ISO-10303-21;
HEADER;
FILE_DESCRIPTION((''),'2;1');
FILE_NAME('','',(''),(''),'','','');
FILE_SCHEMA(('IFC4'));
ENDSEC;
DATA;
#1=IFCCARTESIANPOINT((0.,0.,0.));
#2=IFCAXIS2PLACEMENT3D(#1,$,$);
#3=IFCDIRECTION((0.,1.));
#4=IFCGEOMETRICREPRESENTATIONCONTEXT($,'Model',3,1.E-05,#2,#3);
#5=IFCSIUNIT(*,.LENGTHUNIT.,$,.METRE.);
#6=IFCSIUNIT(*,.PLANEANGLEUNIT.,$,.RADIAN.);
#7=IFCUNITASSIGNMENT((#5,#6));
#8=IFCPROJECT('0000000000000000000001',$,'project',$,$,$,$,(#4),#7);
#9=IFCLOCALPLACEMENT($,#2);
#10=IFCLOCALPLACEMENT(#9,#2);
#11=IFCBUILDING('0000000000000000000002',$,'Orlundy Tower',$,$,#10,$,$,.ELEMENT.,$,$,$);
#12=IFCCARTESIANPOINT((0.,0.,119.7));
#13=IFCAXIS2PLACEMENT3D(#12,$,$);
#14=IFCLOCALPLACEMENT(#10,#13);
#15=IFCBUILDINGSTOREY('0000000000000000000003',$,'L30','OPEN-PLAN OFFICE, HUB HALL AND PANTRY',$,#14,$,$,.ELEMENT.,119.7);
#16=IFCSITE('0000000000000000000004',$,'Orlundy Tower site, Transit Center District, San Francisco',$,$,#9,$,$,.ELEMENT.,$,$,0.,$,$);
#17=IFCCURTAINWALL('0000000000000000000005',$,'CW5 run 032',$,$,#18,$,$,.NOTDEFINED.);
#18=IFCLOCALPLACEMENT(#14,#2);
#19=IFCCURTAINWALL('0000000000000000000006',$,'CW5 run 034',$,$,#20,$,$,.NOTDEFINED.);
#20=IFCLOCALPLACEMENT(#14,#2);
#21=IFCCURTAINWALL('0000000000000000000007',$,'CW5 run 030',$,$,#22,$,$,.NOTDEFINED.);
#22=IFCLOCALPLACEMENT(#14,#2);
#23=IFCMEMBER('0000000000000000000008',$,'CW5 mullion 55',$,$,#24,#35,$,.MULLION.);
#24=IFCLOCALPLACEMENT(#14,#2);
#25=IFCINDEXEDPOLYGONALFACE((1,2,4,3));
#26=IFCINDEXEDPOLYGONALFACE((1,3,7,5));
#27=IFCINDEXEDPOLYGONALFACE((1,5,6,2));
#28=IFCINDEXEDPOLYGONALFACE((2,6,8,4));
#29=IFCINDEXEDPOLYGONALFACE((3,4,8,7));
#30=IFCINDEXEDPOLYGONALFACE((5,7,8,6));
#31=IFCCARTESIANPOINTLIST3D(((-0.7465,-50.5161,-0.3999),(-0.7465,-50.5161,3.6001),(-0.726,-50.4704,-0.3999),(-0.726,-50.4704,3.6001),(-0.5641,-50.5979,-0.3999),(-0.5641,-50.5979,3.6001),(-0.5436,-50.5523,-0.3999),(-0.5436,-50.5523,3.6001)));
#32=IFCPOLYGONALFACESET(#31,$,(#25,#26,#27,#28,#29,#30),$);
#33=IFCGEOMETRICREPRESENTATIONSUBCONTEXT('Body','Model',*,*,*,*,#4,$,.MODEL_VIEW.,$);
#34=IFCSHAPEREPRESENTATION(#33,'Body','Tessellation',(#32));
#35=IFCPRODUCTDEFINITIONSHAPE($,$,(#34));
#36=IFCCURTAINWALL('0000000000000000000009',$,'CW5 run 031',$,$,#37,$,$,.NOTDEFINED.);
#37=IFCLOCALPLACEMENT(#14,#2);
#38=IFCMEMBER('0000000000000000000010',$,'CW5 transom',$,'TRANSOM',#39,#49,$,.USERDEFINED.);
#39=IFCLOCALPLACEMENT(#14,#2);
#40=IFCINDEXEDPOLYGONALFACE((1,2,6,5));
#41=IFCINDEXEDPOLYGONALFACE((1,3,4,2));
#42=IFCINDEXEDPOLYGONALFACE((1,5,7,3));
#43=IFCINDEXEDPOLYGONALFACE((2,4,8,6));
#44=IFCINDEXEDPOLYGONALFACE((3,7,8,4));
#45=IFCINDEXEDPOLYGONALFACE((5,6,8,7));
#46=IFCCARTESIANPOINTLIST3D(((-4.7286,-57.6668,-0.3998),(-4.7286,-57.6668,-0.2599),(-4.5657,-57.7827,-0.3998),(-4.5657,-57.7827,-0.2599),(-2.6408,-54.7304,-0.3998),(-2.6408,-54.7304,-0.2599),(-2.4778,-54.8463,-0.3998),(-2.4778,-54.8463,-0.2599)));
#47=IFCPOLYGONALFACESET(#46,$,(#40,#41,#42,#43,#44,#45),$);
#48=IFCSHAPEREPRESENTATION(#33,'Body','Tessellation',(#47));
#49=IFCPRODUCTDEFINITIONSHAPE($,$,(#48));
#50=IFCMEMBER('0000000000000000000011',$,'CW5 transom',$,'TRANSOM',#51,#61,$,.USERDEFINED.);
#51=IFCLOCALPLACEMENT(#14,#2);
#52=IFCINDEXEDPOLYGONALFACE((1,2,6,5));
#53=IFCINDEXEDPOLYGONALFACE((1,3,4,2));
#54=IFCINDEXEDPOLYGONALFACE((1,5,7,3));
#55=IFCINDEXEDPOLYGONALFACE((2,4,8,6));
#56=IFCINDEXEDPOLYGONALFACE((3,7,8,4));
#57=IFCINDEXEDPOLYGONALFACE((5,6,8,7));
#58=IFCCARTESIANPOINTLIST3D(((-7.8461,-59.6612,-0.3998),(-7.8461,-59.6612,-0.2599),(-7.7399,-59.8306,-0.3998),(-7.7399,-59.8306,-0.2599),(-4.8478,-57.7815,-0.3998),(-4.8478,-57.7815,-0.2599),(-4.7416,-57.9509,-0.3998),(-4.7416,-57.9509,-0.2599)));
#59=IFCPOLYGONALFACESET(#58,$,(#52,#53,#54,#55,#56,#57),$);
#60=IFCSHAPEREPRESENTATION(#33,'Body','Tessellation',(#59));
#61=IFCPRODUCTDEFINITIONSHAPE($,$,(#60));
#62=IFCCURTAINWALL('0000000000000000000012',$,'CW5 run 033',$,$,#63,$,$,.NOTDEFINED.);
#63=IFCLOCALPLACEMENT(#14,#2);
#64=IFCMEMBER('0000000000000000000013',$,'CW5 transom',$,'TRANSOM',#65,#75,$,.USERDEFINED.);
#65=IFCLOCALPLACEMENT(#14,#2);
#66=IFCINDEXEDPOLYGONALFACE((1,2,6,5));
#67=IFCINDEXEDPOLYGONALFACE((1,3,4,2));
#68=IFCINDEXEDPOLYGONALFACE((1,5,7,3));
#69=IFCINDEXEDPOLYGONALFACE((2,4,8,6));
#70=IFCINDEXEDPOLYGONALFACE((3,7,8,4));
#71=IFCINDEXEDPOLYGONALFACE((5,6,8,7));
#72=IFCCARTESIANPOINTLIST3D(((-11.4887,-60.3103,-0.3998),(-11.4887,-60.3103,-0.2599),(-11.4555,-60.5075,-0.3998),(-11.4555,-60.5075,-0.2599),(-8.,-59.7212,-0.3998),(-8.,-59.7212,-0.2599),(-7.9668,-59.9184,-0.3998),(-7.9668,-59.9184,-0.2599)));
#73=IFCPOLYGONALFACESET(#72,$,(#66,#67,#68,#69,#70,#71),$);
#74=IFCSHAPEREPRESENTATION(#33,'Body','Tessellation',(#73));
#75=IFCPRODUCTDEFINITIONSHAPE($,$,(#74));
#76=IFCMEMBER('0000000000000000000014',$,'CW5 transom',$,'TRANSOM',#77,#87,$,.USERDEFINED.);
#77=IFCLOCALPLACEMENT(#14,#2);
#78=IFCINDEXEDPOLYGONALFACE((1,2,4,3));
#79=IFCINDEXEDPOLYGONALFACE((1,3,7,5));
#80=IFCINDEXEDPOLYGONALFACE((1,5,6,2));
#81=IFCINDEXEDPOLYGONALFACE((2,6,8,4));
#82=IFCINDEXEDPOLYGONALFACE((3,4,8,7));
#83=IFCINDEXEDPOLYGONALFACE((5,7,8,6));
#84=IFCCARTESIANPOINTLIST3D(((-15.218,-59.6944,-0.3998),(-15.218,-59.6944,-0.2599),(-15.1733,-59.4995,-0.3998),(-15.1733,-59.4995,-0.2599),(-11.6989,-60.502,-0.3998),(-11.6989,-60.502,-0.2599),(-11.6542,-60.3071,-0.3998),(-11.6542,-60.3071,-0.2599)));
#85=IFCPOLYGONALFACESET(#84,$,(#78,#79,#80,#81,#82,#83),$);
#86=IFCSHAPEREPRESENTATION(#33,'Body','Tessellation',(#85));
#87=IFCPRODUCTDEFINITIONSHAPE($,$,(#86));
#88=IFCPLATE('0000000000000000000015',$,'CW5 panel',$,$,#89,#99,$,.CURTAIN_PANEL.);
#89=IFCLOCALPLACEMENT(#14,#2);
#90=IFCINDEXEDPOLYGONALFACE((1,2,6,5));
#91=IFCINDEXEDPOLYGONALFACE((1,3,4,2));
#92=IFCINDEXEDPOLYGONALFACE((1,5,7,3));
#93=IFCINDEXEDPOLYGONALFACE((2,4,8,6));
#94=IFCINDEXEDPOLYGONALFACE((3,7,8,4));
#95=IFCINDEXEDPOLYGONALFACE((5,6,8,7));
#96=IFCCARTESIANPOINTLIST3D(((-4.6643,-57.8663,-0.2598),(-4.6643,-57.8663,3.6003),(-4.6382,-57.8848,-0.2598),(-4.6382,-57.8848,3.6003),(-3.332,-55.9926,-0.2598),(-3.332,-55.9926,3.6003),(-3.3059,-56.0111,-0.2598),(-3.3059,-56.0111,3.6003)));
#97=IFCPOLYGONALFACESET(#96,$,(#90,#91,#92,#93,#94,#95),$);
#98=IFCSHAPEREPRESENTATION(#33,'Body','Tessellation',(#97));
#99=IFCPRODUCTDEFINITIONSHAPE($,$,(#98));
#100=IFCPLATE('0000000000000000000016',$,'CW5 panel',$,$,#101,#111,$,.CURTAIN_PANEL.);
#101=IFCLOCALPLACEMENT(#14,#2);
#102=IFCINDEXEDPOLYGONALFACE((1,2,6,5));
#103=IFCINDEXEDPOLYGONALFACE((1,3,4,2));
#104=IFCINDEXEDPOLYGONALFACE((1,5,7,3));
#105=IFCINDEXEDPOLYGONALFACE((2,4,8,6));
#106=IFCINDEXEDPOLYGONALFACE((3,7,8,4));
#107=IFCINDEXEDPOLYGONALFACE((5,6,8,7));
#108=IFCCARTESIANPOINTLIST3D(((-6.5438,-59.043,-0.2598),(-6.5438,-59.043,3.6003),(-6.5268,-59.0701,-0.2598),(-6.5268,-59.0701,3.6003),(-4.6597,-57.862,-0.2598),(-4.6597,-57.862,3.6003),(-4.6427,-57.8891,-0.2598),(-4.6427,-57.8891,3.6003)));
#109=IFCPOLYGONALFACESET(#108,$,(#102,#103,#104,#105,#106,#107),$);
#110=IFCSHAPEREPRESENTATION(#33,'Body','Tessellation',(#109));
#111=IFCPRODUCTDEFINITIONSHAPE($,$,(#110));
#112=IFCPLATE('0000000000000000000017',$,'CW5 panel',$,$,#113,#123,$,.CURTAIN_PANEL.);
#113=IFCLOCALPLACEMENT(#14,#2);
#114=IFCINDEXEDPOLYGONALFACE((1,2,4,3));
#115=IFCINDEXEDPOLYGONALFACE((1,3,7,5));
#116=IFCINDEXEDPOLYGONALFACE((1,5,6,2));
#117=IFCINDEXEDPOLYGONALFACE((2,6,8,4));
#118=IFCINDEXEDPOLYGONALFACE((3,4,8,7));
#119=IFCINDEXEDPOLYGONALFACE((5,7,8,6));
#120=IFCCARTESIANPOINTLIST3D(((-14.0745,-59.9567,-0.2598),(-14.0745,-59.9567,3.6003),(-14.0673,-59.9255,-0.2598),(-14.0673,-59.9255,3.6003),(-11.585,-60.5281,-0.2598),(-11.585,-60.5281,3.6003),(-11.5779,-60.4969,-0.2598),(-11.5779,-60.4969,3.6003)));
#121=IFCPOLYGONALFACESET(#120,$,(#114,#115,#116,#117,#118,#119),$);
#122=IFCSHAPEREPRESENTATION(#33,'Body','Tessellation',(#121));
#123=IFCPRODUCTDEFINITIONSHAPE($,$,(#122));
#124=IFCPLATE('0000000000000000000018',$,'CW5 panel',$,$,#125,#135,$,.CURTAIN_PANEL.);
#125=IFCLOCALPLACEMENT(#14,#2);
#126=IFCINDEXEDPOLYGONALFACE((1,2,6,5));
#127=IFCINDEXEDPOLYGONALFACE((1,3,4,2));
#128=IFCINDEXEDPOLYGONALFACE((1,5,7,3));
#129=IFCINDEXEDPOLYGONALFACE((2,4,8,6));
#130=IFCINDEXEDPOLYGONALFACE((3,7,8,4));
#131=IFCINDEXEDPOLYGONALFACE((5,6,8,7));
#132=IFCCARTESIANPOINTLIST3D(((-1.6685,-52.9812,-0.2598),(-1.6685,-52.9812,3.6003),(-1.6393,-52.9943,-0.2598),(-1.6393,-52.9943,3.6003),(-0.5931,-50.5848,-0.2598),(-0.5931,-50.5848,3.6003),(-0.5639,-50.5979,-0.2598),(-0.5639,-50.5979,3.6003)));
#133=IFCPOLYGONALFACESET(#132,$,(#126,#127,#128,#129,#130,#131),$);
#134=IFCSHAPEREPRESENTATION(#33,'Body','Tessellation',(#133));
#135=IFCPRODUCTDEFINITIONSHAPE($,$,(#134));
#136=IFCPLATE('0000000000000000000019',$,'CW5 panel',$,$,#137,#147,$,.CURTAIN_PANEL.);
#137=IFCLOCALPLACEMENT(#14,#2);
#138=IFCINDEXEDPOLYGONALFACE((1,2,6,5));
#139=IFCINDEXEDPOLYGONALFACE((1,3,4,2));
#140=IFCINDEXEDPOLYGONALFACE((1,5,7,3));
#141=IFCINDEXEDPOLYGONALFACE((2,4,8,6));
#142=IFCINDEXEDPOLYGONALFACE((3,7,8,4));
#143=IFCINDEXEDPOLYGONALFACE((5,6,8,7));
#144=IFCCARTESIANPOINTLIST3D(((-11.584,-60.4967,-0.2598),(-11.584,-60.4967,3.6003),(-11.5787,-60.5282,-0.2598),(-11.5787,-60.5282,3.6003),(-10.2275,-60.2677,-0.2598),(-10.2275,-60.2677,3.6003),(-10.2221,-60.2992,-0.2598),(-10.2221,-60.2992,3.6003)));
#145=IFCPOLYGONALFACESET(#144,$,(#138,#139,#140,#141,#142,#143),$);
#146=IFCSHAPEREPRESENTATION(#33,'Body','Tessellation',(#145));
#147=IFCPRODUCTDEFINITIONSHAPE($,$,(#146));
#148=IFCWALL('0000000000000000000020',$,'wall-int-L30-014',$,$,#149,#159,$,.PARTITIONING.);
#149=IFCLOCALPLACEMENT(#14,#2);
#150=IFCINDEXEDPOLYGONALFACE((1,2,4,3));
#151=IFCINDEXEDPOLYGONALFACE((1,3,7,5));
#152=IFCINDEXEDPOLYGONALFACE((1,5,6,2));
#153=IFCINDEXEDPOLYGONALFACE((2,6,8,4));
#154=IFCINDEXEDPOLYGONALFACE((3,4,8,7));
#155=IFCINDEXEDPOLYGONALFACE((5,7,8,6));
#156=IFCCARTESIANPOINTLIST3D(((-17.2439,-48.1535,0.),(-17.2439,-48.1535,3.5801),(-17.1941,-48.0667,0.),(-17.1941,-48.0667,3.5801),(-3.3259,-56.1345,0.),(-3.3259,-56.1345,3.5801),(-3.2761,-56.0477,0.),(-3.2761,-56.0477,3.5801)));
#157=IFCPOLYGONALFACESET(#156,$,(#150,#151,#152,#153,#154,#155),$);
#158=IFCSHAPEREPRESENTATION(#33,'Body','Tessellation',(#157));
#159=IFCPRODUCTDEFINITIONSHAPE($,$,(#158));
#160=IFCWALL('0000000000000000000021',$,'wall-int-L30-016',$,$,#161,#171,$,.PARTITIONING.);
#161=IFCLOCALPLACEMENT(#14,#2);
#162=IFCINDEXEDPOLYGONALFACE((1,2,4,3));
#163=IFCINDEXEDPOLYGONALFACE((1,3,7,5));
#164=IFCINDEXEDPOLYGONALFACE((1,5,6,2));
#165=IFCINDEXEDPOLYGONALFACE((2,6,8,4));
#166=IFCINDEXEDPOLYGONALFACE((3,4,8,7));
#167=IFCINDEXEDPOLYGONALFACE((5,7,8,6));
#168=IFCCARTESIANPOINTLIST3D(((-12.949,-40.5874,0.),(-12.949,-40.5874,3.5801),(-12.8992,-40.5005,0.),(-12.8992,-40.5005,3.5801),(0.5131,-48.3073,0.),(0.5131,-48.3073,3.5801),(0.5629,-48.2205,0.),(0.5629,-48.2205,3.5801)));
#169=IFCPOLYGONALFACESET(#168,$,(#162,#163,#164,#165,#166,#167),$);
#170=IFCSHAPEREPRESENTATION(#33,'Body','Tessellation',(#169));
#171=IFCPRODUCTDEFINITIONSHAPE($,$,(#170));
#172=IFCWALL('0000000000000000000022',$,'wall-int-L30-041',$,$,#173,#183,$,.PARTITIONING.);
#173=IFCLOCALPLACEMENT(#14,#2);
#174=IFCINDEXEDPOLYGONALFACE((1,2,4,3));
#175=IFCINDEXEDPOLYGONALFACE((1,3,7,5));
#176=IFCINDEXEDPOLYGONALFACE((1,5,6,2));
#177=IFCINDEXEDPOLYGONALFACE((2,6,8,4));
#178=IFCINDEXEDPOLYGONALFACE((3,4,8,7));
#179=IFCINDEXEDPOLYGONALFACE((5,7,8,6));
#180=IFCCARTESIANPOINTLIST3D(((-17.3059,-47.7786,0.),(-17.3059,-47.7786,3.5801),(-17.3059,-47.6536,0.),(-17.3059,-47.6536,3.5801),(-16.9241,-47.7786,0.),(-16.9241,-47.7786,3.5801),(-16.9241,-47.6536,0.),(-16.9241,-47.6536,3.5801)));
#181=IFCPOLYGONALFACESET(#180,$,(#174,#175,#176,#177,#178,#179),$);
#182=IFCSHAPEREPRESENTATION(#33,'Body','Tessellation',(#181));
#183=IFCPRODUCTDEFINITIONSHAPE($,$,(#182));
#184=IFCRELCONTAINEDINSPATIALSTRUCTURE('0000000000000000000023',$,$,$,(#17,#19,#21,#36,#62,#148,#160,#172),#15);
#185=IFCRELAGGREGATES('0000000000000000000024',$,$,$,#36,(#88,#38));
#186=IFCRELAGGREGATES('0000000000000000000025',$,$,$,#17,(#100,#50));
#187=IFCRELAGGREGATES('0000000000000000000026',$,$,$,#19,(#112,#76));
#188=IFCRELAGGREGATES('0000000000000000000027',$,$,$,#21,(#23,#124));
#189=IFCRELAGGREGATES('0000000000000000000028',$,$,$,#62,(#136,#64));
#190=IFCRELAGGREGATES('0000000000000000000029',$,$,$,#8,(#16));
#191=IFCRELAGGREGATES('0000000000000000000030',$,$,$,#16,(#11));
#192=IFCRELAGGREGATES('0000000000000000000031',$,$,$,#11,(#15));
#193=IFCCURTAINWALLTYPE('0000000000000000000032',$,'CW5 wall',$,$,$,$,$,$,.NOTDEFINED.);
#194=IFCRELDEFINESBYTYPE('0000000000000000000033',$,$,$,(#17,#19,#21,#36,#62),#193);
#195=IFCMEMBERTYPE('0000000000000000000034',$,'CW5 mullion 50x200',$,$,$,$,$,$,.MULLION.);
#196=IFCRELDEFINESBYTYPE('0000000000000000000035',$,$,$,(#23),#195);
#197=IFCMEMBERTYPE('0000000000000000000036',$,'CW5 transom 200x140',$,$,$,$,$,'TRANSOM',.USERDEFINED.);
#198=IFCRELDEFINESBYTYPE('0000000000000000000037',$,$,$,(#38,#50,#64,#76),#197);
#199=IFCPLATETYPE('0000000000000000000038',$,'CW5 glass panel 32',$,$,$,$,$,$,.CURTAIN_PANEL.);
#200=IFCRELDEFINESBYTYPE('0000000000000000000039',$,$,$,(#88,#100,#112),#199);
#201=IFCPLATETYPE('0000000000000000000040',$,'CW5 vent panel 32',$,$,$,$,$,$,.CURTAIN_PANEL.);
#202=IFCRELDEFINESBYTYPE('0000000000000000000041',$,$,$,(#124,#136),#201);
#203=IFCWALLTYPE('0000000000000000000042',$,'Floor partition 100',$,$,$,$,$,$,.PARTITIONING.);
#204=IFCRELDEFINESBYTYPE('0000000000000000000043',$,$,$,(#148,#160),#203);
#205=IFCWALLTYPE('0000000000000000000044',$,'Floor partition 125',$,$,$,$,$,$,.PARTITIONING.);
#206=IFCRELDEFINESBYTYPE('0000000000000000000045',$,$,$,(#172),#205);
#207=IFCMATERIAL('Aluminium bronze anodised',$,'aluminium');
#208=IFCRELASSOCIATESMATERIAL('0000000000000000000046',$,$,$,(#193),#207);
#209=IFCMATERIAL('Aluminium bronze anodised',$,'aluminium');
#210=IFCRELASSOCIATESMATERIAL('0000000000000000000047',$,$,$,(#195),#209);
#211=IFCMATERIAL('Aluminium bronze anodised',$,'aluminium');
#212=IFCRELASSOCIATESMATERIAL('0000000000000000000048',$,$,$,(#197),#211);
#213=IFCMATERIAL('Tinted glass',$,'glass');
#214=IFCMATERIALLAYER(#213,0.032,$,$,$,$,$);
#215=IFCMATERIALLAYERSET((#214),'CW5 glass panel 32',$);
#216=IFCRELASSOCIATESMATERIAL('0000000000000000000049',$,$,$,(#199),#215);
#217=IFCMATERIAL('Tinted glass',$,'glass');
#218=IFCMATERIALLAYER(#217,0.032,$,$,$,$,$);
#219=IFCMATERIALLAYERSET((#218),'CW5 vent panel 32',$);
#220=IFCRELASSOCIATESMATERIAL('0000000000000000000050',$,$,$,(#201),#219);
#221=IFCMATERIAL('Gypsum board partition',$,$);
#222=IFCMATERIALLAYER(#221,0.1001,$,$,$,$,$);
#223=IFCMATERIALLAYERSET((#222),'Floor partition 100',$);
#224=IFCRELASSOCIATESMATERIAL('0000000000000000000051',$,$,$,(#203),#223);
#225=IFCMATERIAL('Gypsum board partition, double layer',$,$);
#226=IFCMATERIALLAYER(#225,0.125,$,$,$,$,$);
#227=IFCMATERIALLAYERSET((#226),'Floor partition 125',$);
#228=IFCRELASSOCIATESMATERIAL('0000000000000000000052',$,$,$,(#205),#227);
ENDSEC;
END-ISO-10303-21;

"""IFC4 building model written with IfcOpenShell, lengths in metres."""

from ifc_helpers import new_model, si_unit, direction, frame, frame_2d, origin, origin_2d, place, context, subcontext, project, spatial, rectangle, extrude, material, layer, layer_set, material_profile, profile_set, type_object, element, aggregate, save


model = new_model("IFC4")

# Units and contexts
model_context = context("Model", 3, precision=1e-05, world=origin(), true_north=direction((0.0, 1.0)))
body_context = subcontext(model_context, "Body", "Model", "MODEL_VIEW")
ifc_project = project(units=[si_unit("LENGTHUNIT", "METRE"), si_unit("PLANEANGLEUNIT", "RADIAN")], contexts=[model_context])

# Site, building, storey
site_placement = place(None, origin())
site = spatial("IfcSite", under=ifc_project, at=site_placement, Name="Orlundy Tower site, Transit Center District, San Francisco", CompositionType="ELEMENT", RefElevation=0.0)
building_placement = place(site_placement, origin())
building = spatial("IfcBuilding", under=site, at=building_placement, Name="Orlundy Tower", CompositionType="ELEMENT")
storey_placement = place(building_placement, frame((0.0, 0.0, 119.7)))
storey = spatial("IfcBuildingStorey", under=building, at=storey_placement, Name="L30", Description="OPEN-PLAN OFFICE, HUB HALL AND PANTRY", CompositionType="ELEMENT", Elevation=119.7)

# Curtain walls, members
ifc_material_1 = material(Name="Aluminium bronze anodised", Category="aluminium")
curtain_wall_type = type_object("IfcCurtainWallType", Name="CW5 wall", PredefinedType="NOTDEFINED", material=ifc_material_1)
curtain_wall_1_placement = place(storey_placement, origin())
curtain_wall_1 = element("IfcCurtainWall", 1, at=curtain_wall_1_placement, inside=storey, type_object=curtain_wall_type, Name="CW5 run 032", PredefinedType="NOTDEFINED")
curtain_wall_2_placement = place(storey_placement, origin())
curtain_wall_2 = element("IfcCurtainWall", 2, at=curtain_wall_2_placement, inside=storey, type_object=curtain_wall_type, Name="CW5 run 034", PredefinedType="NOTDEFINED")
curtain_wall_3_placement = place(storey_placement, origin())
curtain_wall_3 = element("IfcCurtainWall", 3, at=curtain_wall_3_placement, inside=storey, type_object=curtain_wall_type, Name="CW5 run 030", PredefinedType="NOTDEFINED")
ifc_material_2 = material(Name="Aluminium bronze anodised", Category="aluminium")
ifc_material_profile_1 = material_profile(ifc_material_2, rectangle(XDim=0.2, YDim=0.05, at=origin_2d()), Name="CW5 mullion 50x200")
ifc_profile_set_1 = profile_set([ifc_material_profile_1], Name="Aluminium bronze anodised")
member_type_1 = type_object("IfcMemberType", Name="CW5 mullion 50x200", PredefinedType="MULLION", material=ifc_profile_set_1)
member_1_placement = place(storey_placement, frame((-0.645, -50.5342, -0.3999), z_axis=(0.0, 0.0, 1.0), x_axis=(0.912353, -0.409405, 0.0)))
member_1 = element("IfcMember", 4, at=member_1_placement, type_object=member_type_1, Name="CW5 mullion 55", PredefinedType="MULLION", context=body_context, shape_type="SweptSolid", body=[
    extrude(rectangle(XDim=0.2, YDim=0.05, at=origin_2d()), origin(), (0.0, 0.0, 1.0), 4.0),
])
curtain_wall_4_placement = place(storey_placement, origin())
curtain_wall_4 = element("IfcCurtainWall", 5, at=curtain_wall_4_placement, inside=storey, type_object=curtain_wall_type, Name="CW5 run 031", PredefinedType="NOTDEFINED")
ifc_material_3 = material(Name="Aluminium bronze anodised", Category="aluminium")
ifc_material_profile_2 = material_profile(ifc_material_3, rectangle(XDim=0.2, YDim=0.1399, at=origin_2d()), Name="CW5 transom 200x140")
ifc_profile_set_2 = profile_set([ifc_material_profile_2], Name="Aluminium bronze anodised")
member_type_2 = type_object("IfcMemberType", Name="CW5 transom 200x140", ElementType="TRANSOM", PredefinedType="USERDEFINED", material=ifc_profile_set_2)
member_2_placement = place(storey_placement, frame((-2.5593, -54.7883, -0.3298), z_axis=(-0.579468, -0.814995, 0.0), x_axis=(0.814995, -0.579468, 0.0)))
member_2 = element("IfcMember", 6, at=member_2_placement, type_object=member_type_2, Name="CW5 transom", ObjectType="TRANSOM", PredefinedType="USERDEFINED", context=body_context, shape_type="SweptSolid", body=[
    extrude(rectangle(XDim=0.2, YDim=0.1399, at=origin_2d()), origin(), (0.0, 0.0, 1.0), 3.603),
])

# Member
member_3_placement = place(storey_placement, frame((-4.7947, -57.8662, -0.3298), z_axis=(-0.847273, -0.531158, 0.0), x_axis=(0.531158, -0.847273, 0.0)))
member_3 = element("IfcMember", 7, at=member_3_placement, type_object=member_type_2, Name="CW5 transom", ObjectType="TRANSOM", PredefinedType="USERDEFINED", context=body_context, shape_type="SweptSolid", body=[
    extrude(rectangle(XDim=0.2, YDim=0.1399, at=origin_2d()), origin(), (0.0, 0.0, 1.0), 3.5388),
])

# Curtain wall, member
curtain_wall_5_placement = place(storey_placement, origin())
curtain_wall_5 = element("IfcCurtainWall", 8, at=curtain_wall_5_placement, inside=storey, type_object=curtain_wall_type, Name="CW5 run 033", PredefinedType="NOTDEFINED")
member_4_placement = place(storey_placement, frame((-7.9834, -59.8198, -0.3298), z_axis=(-0.986041, -0.166502, 0.0), x_axis=(0.166502, -0.986041, 0.0)))
member_4 = element("IfcMember", 9, at=member_4_placement, type_object=member_type_2, Name="CW5 transom", ObjectType="TRANSOM", PredefinedType="USERDEFINED", context=body_context, shape_type="SweptSolid", body=[
    extrude(rectangle(XDim=0.2, YDim=0.1399, at=origin_2d()), origin(), (0.0, 0.0, 1.0), 3.5381),
])

# Member
member_5_placement = place(storey_placement, frame((-11.6765, -60.4045, -0.3298), z_axis=(-0.974662, 0.223684, 0.0), x_axis=(-0.223684, -0.974662, 0.0)))
member_5 = element("IfcMember", 10, at=member_5_placement, type_object=member_type_2, Name="CW5 transom", ObjectType="TRANSOM", PredefinedType="USERDEFINED", context=body_context, shape_type="SweptSolid", body=[
    extrude(rectangle(XDim=0.2, YDim=0.1399, at=origin_2d()), origin(), (0.0, 0.0, 1.0), 3.6106),
])

# Plates
ifc_material_4 = material(Name="Tinted glass", Category="glass")
ifc_layer_1 = layer(ifc_material_4, 0.032)
ifc_layer_set_1 = layer_set([ifc_layer_1], Name="CW5 glass panel 32")
plate_type_1 = type_object("IfcPlateType", Name="CW5 glass panel 32", PredefinedType="CURTAIN_PANEL", material=ifc_layer_set_1)
plate_1_placement = place(storey_placement, frame((-3.9851, -56.9387, -0.2598), z_axis=(0.0, 0.0, 1.0), x_axis=(-0.579476, -0.814989, 0.0)))
plate_1 = element("IfcPlate", 11, at=plate_1_placement, type_object=plate_type_1, Name="CW5 panel", PredefinedType="CURTAIN_PANEL", context=body_context, shape_type="SweptSolid", body=[
    extrude(rectangle(XDim=2.2991, YDim=0.032, at=origin_2d()), origin(), (0.0, 0.0, 1.0), 3.8601),
])
aggregate(curtain_wall_4, [plate_1, member_2])
plate_2_placement = place(storey_placement, frame((-5.5933, -58.4661, -0.2598), z_axis=(0.0, 0.0, 1.0), x_axis=(-0.847285, -0.531138, 0.0)))
plate_2 = element("IfcPlate", 12, at=plate_2_placement, type_object=plate_type_1, Name="CW5 panel", PredefinedType="CURTAIN_PANEL", context=body_context, shape_type="SweptSolid", body=[
    extrude(rectangle(XDim=2.2236, YDim=0.032, at=origin_2d()), origin(), (0.0, 0.0, 1.0), 3.8601),
])
aggregate(curtain_wall_1, [plate_2, member_3])
plate_3_placement = place(storey_placement, frame((-12.8262, -60.2268, -0.2598), z_axis=(0.0, 0.0, 1.0), x_axis=(-0.974659, 0.223697, 0.0)))
plate_3 = element("IfcPlate", 13, at=plate_3_placement, type_object=plate_type_1, Name="CW5 panel", PredefinedType="CURTAIN_PANEL", context=body_context, shape_type="SweptSolid", body=[
    extrude(rectangle(XDim=2.5542, YDim=0.032, at=origin_2d()), origin(), (0.0, 0.0, 1.0), 3.8601),
])
aggregate(curtain_wall_2, [plate_3, member_5])
ifc_material_5 = material(Name="Tinted glass", Category="glass")
ifc_layer_2 = layer(ifc_material_5, 0.032)
ifc_layer_set_2 = layer_set([ifc_layer_2], Name="CW5 vent panel 32")
plate_type_2 = type_object("IfcPlateType", Name="CW5 vent panel 32", PredefinedType="CURTAIN_PANEL", material=ifc_layer_set_2)
plate_4_placement = place(storey_placement, frame((-1.1162, -51.7896, -0.2598), z_axis=(0.0, 0.0, 1.0), x_axis=(-0.409405, -0.912353, 0.0)))
plate_4 = element("IfcPlate", 14, at=plate_4_placement, type_object=plate_type_2, Name="CW5 panel", PredefinedType="CURTAIN_PANEL", context=body_context, shape_type="SweptSolid", body=[
    extrude(rectangle(XDim=2.6267, YDim=0.032, at=origin_2d()), origin(), (0.0, 0.0, 1.0), 3.8601),
])
aggregate(curtain_wall_3, [member_1, plate_4])
plate_5_placement = place(storey_placement, frame((-10.9031, -60.3979, -0.2598), z_axis=(0.0, 0.0, 1.0), x_axis=(-0.986049, -0.166455, 0.0)))
plate_5 = element("IfcPlate", 15, at=plate_5_placement, type_object=plate_type_2, Name="CW5 panel", PredefinedType="CURTAIN_PANEL", context=body_context, shape_type="SweptSolid", body=[
    extrude(rectangle(XDim=1.3757, YDim=0.032, at=origin_2d()), origin(), (0.0, 0.0, 1.0), 3.8601),
])
aggregate(curtain_wall_5, [plate_5, member_4])

# Walls
ifc_material_6 = material(Name="Gypsum board partition")
ifc_layer_3 = layer(ifc_material_6, 0.1001)
ifc_layer_set_3 = layer_set([ifc_layer_3], Name="Floor partition 100")
wall_type_1 = type_object("IfcWallType", Name="Floor partition 100", PredefinedType="PARTITIONING", material=ifc_layer_set_3)
wall_1_placement = place(storey_placement, frame((-17.219, -48.1101, 0.0), z_axis=(0.0, 0.0, 1.0), x_axis=(0.867495, -0.497446, 0.0)))
element("IfcWall", 16, at=wall_1_placement, inside=storey, type_object=wall_type_1, Name="wall-int-L30-014", PredefinedType="PARTITIONING", context=body_context, shape_type="SweptSolid", body=[
    extrude(rectangle(XDim=16.0439, YDim=0.1001, at=frame_2d((8.022, 0.0))), origin(), (0.0, 0.0, 1.0), 3.5801),
])
wall_2_placement = place(storey_placement, frame((-12.9241, -40.5439, 0.0), z_axis=(0.0, 0.0, 1.0), x_axis=(0.867484, -0.497465, 0.0)))
element("IfcWall", 17, at=wall_2_placement, inside=storey, type_object=wall_type_1, Name="wall-int-L30-016", PredefinedType="PARTITIONING", context=body_context, shape_type="SweptSolid", body=[
    extrude(rectangle(XDim=15.5186, YDim=0.1001, at=frame_2d((7.7593, 0.0))), origin(), (0.0, 0.0, 1.0), 3.5801),
])
ifc_material_7 = material(Name="Gypsum board partition, double layer")
ifc_layer_4 = layer(ifc_material_7, 0.125)
ifc_layer_set_4 = layer_set([ifc_layer_4], Name="Floor partition 125")
wall_type_2 = type_object("IfcWallType", Name="Floor partition 125", PredefinedType="PARTITIONING", material=ifc_layer_set_4)
wall_3_placement = place(storey_placement, frame((-17.3059, -47.7161, 0.0), z_axis=(0.0, 0.0, 1.0), x_axis=(1.0, 0.0, 0.0)))
element("IfcWall", 18, at=wall_3_placement, inside=storey, type_object=wall_type_2, Name="wall-int-L30-041", PredefinedType="PARTITIONING", context=body_context, shape_type="SweptSolid", body=[
    extrude(rectangle(XDim=0.3818, YDim=0.125, at=frame_2d((0.1909, 0.0))), origin(), (0.0, 0.0, 1.0), 3.5801),
])

save(model, "model.ifc")
